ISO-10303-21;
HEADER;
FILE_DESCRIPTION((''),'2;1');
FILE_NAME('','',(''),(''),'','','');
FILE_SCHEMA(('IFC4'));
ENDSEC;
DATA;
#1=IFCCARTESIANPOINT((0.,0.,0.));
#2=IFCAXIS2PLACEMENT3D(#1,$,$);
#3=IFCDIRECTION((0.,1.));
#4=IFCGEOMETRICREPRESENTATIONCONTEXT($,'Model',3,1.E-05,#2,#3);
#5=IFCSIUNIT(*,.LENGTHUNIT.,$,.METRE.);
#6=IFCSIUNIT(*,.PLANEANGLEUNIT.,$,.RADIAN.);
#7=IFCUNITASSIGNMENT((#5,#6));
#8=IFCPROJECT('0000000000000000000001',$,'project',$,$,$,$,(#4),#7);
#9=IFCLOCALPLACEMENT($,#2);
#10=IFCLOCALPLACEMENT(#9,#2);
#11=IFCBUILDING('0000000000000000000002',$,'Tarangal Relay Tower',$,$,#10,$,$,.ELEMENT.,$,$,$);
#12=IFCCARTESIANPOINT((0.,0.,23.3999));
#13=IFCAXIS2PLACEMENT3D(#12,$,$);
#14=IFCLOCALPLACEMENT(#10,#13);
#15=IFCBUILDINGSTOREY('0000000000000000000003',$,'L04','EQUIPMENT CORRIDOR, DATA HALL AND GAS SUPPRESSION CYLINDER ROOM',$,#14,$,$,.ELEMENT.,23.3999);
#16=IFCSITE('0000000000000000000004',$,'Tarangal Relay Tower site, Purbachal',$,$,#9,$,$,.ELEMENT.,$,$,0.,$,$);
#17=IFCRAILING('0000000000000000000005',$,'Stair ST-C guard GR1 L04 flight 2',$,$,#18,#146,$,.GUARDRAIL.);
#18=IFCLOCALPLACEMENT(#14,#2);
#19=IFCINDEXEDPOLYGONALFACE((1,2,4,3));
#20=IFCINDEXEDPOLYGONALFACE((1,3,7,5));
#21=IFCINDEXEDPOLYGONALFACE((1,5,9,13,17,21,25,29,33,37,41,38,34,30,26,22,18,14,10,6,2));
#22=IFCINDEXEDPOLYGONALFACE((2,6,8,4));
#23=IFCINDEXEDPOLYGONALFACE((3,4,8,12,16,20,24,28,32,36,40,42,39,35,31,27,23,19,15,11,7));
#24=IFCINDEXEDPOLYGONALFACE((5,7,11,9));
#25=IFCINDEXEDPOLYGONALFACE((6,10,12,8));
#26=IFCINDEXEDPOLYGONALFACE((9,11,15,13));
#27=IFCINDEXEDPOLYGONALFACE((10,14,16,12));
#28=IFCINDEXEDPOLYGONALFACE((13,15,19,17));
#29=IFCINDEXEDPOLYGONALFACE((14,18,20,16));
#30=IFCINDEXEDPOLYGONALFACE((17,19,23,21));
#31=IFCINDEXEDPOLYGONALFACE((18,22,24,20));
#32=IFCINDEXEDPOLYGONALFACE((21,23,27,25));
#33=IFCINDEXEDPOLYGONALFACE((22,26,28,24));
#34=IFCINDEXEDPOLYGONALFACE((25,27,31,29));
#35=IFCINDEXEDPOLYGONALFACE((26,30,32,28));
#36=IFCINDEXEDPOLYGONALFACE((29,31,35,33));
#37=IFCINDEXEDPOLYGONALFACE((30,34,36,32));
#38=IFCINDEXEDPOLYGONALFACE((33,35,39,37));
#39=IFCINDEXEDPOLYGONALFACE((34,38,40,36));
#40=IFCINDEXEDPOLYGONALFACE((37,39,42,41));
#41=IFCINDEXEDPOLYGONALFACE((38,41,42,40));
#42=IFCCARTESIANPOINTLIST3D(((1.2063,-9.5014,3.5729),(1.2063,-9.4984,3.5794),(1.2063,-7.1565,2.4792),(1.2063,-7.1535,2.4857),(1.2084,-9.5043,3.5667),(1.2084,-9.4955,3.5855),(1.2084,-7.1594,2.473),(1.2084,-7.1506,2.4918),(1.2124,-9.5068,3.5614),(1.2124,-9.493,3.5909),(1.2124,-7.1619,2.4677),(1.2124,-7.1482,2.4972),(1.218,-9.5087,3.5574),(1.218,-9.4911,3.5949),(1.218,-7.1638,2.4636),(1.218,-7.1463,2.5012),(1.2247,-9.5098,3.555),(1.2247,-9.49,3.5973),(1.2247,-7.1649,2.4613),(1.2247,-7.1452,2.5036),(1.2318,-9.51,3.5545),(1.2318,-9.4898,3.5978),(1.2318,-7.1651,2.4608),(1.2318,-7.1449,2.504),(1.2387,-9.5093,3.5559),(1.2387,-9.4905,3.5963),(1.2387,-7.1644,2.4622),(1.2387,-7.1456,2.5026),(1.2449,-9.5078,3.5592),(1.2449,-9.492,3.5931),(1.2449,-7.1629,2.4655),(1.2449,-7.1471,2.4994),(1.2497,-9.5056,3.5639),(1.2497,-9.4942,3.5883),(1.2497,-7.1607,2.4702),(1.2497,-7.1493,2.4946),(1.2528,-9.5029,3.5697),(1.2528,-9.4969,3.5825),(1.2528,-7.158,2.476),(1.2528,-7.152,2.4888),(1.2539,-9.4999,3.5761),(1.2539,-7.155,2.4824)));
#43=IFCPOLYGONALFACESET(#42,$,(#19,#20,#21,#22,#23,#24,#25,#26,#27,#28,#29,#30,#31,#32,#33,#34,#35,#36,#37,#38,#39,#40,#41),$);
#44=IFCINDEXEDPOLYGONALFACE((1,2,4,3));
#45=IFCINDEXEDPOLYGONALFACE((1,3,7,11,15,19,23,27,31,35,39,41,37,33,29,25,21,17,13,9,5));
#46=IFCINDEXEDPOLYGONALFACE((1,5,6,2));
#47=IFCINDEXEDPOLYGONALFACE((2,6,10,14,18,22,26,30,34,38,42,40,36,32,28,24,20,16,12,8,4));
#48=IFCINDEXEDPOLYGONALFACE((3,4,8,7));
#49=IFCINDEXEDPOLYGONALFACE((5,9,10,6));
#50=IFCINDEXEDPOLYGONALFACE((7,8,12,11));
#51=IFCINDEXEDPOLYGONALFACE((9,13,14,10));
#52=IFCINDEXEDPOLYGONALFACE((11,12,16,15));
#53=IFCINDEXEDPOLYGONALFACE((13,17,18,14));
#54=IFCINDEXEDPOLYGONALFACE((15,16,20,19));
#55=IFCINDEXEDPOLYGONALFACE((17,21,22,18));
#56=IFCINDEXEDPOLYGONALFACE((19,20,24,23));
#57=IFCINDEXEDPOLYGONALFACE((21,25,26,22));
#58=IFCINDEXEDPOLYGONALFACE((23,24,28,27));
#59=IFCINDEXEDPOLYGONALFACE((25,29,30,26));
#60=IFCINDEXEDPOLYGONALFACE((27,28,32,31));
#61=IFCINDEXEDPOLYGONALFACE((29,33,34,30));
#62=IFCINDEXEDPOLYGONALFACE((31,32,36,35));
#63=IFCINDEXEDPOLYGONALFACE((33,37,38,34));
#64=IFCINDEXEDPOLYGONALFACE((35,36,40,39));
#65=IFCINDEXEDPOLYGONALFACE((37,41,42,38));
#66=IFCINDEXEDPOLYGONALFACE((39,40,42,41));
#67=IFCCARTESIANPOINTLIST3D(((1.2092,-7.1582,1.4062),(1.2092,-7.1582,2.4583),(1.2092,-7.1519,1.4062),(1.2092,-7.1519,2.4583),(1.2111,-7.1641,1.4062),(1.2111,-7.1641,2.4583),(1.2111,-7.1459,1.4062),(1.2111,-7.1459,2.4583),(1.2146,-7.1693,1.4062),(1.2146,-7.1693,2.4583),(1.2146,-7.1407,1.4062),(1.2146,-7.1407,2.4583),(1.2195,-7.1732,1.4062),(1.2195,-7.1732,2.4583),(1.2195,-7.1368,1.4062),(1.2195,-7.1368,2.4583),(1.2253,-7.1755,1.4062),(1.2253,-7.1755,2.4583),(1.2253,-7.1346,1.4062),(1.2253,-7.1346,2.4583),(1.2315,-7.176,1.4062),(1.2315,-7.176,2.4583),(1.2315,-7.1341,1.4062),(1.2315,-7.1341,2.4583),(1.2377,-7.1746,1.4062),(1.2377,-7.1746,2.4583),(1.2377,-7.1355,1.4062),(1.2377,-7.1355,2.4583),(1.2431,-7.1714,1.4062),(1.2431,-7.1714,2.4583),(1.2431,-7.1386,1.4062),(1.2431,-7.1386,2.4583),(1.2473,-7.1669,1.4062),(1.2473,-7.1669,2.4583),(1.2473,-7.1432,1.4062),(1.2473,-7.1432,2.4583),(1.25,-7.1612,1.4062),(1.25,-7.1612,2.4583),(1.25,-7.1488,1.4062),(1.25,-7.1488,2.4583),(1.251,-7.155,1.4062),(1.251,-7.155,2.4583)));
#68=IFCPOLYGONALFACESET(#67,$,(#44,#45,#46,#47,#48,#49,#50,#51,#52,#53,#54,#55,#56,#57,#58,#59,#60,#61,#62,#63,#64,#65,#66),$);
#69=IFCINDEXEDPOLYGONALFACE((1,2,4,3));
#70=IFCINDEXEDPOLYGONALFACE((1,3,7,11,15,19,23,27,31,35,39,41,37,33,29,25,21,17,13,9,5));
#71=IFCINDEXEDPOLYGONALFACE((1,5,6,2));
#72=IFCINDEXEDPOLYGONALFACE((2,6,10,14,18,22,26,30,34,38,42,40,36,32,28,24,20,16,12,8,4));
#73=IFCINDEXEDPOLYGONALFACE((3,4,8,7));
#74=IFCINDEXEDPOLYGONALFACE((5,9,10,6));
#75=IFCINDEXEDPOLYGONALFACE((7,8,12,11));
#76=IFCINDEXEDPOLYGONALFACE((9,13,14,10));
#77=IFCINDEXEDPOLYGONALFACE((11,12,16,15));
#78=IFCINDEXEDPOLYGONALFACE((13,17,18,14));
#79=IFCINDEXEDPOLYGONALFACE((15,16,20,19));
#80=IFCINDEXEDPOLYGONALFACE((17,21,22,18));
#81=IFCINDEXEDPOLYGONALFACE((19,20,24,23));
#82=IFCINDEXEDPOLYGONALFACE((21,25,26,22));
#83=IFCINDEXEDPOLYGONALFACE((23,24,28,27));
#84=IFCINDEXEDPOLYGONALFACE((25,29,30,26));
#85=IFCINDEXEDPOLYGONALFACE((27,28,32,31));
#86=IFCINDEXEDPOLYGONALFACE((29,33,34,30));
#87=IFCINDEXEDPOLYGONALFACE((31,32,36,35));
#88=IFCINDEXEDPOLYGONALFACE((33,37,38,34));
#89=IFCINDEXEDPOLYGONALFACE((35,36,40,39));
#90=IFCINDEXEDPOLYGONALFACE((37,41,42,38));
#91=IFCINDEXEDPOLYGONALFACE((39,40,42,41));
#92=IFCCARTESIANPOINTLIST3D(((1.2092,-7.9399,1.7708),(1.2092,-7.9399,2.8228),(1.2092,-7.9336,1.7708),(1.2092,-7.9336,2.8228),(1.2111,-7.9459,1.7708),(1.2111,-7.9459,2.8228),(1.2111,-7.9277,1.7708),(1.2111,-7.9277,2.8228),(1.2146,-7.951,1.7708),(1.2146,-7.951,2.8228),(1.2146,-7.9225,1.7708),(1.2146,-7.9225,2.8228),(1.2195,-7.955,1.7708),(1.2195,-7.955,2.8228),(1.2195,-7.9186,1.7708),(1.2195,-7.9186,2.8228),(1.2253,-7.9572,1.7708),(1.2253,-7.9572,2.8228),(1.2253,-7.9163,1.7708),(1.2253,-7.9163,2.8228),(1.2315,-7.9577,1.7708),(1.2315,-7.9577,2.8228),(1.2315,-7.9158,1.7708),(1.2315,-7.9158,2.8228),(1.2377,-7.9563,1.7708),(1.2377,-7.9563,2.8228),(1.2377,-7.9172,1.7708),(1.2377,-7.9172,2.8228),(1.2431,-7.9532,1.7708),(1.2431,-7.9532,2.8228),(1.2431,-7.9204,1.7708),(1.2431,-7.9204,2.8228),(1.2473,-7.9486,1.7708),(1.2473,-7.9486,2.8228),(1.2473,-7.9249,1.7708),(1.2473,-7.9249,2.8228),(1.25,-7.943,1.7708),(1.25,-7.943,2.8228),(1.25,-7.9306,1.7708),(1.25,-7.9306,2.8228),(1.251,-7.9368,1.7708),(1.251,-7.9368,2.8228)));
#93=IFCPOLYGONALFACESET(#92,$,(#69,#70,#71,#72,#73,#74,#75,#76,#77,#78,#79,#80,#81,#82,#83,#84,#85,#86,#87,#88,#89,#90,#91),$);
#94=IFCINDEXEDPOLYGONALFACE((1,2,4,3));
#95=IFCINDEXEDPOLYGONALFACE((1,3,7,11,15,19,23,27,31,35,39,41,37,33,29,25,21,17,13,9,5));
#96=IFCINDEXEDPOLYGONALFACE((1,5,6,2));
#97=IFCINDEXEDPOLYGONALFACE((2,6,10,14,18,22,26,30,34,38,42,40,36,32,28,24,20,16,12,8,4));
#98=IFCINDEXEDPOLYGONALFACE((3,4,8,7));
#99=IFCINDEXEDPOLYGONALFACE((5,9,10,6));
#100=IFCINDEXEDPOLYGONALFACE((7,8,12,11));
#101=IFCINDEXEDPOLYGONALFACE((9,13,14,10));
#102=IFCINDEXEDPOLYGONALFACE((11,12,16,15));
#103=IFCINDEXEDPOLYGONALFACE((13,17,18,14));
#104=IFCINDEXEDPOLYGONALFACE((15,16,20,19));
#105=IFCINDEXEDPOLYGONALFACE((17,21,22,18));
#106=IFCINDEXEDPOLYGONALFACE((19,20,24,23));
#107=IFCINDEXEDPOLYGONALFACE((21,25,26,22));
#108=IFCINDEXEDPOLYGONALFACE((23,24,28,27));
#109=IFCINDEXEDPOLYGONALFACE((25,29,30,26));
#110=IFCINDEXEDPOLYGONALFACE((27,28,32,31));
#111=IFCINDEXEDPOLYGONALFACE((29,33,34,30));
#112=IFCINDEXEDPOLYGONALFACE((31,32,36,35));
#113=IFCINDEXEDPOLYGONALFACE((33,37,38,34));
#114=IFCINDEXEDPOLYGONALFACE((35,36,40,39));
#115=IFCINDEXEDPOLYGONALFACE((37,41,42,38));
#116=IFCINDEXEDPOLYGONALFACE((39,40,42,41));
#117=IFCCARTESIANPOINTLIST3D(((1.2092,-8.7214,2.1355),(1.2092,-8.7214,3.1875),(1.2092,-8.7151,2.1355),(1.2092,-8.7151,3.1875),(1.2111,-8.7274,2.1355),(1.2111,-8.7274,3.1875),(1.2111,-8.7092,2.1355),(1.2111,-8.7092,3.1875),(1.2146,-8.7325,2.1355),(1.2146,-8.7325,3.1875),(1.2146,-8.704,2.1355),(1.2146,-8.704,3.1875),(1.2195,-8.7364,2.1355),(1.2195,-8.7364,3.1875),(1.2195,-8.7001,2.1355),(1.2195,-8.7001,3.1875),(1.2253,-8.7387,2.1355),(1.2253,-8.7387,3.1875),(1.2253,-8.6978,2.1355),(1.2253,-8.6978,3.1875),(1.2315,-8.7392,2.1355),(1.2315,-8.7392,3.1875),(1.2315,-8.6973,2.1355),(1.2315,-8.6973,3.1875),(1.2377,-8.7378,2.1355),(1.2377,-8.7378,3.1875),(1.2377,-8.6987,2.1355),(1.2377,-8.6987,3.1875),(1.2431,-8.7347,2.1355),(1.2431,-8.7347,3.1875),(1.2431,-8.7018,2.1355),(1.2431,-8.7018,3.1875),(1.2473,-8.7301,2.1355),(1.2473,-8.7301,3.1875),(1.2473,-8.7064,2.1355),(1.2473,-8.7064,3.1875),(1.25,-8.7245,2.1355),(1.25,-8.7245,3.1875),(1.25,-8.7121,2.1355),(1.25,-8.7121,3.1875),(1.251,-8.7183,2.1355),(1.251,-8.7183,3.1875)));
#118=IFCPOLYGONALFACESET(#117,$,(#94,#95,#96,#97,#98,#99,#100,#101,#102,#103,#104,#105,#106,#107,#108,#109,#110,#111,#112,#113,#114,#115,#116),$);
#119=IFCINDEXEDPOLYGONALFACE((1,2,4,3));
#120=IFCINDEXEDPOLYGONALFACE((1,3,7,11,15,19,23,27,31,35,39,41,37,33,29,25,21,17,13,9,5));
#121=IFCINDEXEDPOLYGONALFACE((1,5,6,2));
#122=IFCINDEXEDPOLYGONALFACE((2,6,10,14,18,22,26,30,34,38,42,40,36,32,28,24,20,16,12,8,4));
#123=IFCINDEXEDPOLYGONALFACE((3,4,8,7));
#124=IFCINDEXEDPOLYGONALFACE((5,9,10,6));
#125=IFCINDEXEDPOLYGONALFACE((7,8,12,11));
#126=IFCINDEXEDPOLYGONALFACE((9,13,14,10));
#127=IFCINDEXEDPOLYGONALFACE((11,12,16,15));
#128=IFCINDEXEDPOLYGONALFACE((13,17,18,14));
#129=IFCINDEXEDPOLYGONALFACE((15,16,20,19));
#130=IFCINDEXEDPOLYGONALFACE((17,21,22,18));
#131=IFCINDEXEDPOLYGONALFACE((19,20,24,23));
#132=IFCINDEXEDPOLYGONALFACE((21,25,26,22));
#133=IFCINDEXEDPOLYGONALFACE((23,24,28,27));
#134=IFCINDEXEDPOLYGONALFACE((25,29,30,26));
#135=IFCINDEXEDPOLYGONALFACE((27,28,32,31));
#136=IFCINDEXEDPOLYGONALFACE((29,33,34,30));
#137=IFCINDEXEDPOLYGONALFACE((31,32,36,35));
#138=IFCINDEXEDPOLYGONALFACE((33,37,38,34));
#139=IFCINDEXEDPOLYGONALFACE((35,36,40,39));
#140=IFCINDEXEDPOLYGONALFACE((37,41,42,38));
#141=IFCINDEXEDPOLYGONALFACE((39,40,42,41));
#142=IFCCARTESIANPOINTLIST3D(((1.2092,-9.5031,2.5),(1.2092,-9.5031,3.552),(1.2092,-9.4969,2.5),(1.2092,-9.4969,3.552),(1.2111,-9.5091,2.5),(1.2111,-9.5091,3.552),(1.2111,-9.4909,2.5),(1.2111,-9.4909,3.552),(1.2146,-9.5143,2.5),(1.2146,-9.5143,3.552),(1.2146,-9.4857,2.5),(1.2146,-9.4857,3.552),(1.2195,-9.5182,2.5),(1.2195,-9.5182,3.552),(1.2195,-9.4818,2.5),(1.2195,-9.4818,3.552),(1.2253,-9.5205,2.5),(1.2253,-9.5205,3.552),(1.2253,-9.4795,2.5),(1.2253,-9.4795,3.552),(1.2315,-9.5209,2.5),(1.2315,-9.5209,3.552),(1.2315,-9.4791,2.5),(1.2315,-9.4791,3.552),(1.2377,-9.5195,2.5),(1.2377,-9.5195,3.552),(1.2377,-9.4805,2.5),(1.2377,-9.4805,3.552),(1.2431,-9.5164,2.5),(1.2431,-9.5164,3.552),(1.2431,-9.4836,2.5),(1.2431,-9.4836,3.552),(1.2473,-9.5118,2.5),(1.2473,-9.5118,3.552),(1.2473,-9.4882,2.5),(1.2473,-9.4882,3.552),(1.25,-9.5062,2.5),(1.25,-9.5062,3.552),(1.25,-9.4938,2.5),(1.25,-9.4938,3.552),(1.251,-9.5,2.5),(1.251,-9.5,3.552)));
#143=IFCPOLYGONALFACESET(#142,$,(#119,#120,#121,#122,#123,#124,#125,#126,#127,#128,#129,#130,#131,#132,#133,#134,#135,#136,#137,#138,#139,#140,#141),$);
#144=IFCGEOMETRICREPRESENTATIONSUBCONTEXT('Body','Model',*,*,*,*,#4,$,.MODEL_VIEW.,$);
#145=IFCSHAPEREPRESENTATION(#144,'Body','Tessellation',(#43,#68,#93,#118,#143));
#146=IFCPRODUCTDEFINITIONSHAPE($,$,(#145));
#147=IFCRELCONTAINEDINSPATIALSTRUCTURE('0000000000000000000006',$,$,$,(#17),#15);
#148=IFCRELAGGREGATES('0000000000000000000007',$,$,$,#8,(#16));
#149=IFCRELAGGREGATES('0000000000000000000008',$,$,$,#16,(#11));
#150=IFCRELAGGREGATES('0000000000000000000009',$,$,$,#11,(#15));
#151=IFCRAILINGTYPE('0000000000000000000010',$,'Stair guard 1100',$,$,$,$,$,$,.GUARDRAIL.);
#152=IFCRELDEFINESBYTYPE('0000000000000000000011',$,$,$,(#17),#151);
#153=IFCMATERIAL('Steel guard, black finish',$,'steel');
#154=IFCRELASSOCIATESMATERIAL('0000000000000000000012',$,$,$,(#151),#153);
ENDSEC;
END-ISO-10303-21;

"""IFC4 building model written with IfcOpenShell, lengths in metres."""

from ifc_helpers import new_model, si_unit, direction, frame, origin, origin_2d, place, context, subcontext, project, spatial, circle, extrude, material, type_object, element, save


model = new_model("IFC4")

# Units and contexts
model_context = context("Model", 3, precision=1e-05, world=origin(), true_north=direction((0.0, 1.0)))
body_context = subcontext(model_context, "Body", "Model", "MODEL_VIEW")
ifc_project = project(units=[si_unit("LENGTHUNIT", "METRE"), si_unit("PLANEANGLEUNIT", "RADIAN")], contexts=[model_context])

# Site, building, storey
site_placement = place(None, origin())
site = spatial("IfcSite", under=ifc_project, at=site_placement, Name="Tarangal Relay Tower site, Purbachal", CompositionType="ELEMENT", RefElevation=0.0)
building_placement = place(site_placement, origin())
building = spatial("IfcBuilding", under=site, at=building_placement, Name="Tarangal Relay Tower", CompositionType="ELEMENT")
storey_placement = place(building_placement, frame((0.0, 0.0, 23.3999)))
storey = spatial("IfcBuildingStorey", under=building, at=storey_placement, Name="L04", Description="EQUIPMENT CORRIDOR, DATA HALL AND GAS SUPPRESSION CYLINDER ROOM", CompositionType="ELEMENT", Elevation=23.3999)

# Railing
ifc_material_1 = material(Name="Steel guard, black finish", Category="steel")
railing_type_1 = type_object("IfcRailingType", Name="Stair guard 1100", PredefinedType="GUARDRAIL", material=ifc_material_1)
for number, where, name in (
    (1, (1.23, -7.155, 1.4062), "Stair ST-C guard GR1 L04 flight 2"),
):
    element("IfcRailing", number, at=place(storey_placement, frame(where)), inside=storey, type_object=railing_type_1, Name=name, PredefinedType="GUARDRAIL", context=body_context, shape_type="SweptSolid", body=[
        extrude(circle(Radius=0.0239, at=origin_2d()), frame((0.0, 0.0, 1.0762), z_axis=(0.0, -0.906267, 0.422705), x_axis=(1.0, 0.0, 0.0)), (0.0, 0.0, 1.0), 2.5874),
        extrude(circle(Radius=0.021, at=origin_2d()), origin(), (0.0, 0.0, 1.0), 1.052),
        extrude(circle(Radius=0.021, at=origin_2d()), frame((0.0, -0.7817, 0.3645)), (0.0, 0.0, 1.0), 1.052),
        extrude(circle(Radius=0.021, at=origin_2d()), frame((0.0, -1.5632, 0.7292)), (0.0, 0.0, 1.0), 1.052),
        extrude(circle(Radius=0.021, at=origin_2d()), frame((0.0, -2.345, 1.0938)), (0.0, 0.0, 1.0), 1.052),
    ])

save(model, "model.ifc")
